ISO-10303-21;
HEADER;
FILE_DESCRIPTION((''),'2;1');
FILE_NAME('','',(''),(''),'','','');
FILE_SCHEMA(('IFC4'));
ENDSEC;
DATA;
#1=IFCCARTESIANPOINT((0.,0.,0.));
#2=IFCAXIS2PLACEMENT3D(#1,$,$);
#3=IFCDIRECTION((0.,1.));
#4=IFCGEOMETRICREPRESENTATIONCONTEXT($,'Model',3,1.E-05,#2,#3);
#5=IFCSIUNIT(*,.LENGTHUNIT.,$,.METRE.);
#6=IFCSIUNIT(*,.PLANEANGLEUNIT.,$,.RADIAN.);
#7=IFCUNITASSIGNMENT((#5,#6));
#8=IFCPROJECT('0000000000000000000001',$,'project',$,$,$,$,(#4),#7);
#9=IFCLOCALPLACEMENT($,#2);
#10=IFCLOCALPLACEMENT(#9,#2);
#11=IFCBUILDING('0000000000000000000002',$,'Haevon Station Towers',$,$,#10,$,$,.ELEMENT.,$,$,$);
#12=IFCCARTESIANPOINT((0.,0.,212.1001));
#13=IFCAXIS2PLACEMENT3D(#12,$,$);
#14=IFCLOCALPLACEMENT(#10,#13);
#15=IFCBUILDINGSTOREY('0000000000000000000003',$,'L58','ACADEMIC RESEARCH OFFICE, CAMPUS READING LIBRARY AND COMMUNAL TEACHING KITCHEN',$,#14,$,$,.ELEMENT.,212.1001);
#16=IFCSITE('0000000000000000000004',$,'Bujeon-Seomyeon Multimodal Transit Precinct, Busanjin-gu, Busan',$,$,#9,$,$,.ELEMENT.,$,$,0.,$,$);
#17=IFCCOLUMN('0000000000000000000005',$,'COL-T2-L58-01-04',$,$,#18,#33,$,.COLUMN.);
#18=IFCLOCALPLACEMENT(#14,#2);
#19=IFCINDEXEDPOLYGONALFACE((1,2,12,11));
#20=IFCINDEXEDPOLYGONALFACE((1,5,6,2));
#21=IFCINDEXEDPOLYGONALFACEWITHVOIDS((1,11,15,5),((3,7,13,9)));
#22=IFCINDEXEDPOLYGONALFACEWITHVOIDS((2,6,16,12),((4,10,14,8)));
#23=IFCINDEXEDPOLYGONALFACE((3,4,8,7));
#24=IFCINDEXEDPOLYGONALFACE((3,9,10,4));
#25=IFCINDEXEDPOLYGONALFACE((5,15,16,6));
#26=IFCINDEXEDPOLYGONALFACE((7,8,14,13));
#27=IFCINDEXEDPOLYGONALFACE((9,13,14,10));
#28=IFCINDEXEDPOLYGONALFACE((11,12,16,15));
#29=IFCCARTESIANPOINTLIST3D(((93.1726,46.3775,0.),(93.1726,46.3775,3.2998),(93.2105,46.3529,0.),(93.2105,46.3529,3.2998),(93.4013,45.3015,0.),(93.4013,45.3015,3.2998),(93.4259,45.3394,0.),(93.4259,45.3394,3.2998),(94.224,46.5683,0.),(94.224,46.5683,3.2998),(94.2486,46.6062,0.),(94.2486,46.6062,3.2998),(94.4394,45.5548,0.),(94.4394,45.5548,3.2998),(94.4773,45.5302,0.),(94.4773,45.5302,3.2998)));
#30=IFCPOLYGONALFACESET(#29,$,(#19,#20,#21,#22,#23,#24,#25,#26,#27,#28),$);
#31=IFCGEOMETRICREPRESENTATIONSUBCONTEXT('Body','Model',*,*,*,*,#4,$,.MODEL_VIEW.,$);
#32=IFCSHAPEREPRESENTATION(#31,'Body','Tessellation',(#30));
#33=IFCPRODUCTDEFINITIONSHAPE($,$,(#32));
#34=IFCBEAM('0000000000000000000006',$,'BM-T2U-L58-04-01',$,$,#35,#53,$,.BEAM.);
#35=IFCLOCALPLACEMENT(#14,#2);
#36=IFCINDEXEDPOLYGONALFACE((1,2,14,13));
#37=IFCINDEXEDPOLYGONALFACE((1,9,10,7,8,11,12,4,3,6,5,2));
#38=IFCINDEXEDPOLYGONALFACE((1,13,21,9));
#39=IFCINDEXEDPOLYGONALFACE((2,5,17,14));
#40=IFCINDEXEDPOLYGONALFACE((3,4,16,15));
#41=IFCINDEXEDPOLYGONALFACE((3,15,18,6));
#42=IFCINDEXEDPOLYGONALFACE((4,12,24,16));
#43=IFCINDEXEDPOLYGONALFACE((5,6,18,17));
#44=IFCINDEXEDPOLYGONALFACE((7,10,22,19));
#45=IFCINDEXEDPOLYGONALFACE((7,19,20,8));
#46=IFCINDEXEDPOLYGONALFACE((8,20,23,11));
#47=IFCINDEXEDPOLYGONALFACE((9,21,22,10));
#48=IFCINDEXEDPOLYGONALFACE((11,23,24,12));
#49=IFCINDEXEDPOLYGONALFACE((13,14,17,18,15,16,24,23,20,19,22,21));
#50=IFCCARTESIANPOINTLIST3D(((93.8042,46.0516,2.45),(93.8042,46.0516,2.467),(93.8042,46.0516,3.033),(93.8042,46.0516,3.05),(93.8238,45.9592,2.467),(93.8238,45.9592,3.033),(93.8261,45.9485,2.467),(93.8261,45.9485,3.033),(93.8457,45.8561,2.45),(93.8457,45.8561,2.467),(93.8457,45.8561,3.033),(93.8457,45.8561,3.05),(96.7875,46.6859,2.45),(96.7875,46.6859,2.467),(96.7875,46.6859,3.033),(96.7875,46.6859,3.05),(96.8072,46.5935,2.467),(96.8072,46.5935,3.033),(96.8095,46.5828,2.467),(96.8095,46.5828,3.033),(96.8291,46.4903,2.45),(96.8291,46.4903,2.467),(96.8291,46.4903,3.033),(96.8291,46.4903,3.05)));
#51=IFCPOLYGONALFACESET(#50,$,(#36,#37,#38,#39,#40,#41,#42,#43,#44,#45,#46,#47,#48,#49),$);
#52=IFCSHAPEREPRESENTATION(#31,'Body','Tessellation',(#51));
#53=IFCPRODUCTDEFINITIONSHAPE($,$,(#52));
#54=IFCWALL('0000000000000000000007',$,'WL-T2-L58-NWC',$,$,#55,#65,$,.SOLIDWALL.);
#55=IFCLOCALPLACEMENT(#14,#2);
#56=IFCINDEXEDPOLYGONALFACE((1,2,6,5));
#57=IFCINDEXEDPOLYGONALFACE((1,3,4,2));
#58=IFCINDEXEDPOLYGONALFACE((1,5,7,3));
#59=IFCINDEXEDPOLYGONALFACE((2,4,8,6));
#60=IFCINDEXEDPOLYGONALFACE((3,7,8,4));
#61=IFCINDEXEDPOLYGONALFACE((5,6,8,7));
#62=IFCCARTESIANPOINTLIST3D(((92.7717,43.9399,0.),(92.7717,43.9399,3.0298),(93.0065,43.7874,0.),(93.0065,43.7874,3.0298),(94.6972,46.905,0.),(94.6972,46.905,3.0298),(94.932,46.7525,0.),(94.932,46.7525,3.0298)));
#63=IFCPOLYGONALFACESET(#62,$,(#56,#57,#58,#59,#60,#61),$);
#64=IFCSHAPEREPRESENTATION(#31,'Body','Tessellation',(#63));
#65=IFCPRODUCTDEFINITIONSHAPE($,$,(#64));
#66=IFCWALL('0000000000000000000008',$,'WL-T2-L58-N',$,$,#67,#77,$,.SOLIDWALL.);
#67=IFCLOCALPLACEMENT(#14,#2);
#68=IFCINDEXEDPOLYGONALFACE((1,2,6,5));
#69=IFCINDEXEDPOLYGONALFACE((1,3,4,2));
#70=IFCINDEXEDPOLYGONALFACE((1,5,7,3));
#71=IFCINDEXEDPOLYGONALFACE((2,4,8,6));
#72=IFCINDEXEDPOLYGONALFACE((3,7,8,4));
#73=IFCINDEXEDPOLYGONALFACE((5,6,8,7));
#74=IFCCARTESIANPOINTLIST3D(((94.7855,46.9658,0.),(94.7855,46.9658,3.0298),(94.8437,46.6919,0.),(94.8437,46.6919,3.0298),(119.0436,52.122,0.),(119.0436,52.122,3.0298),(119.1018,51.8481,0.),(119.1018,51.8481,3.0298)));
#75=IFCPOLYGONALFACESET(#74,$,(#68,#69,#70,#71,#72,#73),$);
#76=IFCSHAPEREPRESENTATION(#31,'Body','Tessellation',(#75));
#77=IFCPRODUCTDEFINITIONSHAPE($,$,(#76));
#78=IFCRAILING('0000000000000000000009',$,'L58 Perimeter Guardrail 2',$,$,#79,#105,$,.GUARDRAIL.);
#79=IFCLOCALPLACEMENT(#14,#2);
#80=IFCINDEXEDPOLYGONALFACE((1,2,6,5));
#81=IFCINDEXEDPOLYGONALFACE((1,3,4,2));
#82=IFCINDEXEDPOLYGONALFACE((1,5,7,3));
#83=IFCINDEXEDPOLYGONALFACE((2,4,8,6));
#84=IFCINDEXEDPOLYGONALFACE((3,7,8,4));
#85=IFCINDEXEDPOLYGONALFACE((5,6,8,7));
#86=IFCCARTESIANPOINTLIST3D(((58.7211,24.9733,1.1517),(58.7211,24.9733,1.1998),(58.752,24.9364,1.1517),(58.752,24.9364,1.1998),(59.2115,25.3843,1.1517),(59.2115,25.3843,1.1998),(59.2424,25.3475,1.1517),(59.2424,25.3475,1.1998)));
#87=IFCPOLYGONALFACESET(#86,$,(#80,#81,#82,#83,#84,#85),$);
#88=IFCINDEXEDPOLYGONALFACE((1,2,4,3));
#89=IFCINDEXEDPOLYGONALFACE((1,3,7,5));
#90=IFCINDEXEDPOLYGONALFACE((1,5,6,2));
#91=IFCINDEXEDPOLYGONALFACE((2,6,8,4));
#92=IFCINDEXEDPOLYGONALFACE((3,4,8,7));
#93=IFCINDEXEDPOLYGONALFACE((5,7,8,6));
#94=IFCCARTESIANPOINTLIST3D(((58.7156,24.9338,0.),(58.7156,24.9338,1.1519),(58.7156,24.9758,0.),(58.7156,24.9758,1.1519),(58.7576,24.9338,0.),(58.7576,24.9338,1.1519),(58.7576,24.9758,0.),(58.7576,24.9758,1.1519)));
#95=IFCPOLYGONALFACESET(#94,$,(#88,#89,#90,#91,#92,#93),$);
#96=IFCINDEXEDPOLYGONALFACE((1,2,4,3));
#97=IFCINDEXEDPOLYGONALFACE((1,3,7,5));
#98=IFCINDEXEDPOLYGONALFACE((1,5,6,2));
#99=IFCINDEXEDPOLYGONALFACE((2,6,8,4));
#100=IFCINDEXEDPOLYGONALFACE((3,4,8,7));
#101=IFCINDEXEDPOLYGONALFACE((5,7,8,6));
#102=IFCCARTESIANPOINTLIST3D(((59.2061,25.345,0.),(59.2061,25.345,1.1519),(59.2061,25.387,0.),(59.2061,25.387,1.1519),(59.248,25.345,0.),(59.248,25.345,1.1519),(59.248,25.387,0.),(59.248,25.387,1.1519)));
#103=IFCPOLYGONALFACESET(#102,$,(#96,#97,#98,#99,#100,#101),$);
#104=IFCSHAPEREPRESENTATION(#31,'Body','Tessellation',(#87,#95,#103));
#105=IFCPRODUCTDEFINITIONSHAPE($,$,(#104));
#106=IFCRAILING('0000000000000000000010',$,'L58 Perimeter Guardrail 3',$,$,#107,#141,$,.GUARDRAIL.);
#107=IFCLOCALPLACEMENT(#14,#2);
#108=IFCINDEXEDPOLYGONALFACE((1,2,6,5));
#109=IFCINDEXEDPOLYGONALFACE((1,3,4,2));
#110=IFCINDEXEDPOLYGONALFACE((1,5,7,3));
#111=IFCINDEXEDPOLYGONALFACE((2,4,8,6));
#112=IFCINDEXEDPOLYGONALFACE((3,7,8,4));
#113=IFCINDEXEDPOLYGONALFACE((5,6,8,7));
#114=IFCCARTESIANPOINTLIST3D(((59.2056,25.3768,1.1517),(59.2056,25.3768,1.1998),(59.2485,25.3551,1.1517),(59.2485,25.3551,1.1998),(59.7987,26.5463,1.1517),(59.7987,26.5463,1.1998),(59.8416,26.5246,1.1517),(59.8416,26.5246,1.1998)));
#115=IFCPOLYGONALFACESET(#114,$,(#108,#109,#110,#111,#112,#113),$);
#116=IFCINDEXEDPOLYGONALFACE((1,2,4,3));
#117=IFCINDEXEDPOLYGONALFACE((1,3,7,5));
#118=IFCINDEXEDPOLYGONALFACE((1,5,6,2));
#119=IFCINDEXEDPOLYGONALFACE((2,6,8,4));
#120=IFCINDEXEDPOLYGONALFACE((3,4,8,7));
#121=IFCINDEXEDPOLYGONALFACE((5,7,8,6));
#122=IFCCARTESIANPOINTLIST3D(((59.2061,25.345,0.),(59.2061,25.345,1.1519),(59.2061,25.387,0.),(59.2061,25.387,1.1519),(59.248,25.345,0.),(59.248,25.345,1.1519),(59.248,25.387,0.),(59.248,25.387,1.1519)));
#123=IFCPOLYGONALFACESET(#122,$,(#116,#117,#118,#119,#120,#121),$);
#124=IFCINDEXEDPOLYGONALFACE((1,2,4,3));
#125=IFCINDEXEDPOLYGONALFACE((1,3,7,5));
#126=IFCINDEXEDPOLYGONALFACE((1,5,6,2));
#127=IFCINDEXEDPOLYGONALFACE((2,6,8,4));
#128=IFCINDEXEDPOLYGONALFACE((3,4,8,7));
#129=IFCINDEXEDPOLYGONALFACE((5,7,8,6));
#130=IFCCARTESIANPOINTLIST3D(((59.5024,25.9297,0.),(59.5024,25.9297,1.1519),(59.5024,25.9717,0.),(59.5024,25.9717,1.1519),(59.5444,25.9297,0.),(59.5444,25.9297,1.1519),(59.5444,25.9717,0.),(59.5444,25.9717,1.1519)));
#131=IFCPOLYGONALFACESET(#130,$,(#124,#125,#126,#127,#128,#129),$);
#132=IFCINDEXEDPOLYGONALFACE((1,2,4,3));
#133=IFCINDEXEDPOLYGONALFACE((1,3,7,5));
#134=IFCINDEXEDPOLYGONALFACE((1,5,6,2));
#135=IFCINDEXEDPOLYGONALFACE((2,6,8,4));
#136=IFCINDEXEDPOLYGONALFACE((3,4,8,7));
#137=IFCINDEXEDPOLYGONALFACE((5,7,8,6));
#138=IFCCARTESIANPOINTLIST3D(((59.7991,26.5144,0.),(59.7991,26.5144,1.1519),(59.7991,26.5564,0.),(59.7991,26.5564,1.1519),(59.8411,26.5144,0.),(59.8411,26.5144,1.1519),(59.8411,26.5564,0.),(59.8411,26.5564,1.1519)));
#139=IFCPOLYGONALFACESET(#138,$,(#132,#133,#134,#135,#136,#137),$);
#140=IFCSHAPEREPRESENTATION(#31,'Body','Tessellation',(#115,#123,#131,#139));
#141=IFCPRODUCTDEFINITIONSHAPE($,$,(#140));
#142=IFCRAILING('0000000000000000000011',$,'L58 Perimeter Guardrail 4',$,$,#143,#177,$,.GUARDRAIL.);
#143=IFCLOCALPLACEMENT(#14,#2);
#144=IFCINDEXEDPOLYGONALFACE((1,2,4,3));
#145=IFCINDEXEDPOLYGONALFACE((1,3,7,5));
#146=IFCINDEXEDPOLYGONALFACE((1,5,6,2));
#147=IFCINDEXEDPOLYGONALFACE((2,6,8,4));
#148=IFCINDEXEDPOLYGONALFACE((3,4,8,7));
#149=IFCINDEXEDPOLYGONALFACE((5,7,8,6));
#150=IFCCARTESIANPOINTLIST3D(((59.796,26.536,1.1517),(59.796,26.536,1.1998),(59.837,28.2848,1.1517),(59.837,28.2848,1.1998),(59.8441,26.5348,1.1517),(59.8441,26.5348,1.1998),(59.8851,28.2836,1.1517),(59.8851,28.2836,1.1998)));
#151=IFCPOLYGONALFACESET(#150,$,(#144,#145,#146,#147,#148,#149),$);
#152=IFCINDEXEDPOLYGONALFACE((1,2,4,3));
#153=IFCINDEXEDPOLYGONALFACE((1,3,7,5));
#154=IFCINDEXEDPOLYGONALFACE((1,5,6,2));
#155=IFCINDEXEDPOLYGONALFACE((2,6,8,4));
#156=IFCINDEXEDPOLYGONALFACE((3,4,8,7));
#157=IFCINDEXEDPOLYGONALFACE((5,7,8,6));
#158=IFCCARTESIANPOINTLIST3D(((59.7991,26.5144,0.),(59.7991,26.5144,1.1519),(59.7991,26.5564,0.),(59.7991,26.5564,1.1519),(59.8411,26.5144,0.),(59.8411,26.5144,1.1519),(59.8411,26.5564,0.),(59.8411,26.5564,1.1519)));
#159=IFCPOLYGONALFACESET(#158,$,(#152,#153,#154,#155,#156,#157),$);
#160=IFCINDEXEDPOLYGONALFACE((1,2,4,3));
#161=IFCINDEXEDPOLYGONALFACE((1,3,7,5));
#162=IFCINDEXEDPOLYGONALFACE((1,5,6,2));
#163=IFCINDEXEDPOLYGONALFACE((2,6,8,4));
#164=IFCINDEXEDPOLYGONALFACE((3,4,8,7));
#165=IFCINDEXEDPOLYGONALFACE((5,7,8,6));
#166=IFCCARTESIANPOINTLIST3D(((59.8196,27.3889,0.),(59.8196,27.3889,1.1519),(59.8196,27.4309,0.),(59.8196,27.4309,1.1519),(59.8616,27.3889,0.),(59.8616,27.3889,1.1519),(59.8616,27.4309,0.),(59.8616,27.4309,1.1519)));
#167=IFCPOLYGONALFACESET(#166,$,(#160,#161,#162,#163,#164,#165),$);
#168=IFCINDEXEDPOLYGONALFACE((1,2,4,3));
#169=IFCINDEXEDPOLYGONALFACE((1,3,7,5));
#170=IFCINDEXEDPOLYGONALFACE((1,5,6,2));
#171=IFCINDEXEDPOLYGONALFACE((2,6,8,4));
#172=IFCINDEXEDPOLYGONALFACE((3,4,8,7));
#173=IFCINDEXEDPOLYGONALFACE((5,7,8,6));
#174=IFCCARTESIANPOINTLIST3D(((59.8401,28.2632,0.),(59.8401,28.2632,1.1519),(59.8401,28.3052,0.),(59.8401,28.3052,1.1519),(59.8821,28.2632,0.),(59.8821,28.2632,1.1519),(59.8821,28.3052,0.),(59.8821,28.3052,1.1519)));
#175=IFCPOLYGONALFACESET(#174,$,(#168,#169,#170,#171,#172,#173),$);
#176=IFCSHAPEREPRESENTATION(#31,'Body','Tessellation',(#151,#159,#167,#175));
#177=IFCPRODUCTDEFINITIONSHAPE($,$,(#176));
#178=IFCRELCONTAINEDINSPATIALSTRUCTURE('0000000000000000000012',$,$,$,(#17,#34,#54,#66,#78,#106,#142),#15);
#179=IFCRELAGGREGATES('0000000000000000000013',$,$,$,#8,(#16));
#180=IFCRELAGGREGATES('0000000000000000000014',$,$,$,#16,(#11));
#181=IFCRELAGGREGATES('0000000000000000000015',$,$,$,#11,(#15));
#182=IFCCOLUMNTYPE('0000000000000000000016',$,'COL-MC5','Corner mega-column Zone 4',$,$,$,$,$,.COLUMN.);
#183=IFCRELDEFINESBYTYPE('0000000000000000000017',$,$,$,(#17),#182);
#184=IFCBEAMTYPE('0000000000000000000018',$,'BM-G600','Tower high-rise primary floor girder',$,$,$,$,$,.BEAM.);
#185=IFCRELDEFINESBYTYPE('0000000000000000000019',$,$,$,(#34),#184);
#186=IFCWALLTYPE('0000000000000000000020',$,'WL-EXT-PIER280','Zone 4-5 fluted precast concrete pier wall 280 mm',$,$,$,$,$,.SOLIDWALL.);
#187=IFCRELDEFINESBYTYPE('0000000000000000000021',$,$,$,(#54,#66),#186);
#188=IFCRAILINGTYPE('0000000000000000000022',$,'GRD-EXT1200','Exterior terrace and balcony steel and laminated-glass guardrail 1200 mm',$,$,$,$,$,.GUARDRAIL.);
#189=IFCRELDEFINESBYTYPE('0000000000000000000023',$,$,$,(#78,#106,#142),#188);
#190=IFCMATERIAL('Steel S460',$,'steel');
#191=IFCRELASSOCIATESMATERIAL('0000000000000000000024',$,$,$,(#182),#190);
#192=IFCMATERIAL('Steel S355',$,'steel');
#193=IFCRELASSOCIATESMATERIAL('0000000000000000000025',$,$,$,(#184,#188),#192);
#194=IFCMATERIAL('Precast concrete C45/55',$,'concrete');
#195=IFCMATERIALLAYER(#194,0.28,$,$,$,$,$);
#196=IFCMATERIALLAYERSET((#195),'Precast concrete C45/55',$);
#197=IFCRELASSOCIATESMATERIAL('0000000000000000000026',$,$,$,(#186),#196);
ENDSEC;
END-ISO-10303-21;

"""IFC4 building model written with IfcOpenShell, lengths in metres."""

from ifc_helpers import new_model, si_unit, direction, frame, frame_2d, origin, origin_2d, place, context, subcontext, project, spatial, rectangle, hollow_rectangle, i_section, extrude, material, layer, layer_set, material_profile, profile_set, type_object, element, save


model = new_model("IFC4")

# Units and contexts
model_context = context("Model", 3, precision=1e-05, world=origin(), true_north=direction((0.0, 1.0)))
body_context = subcontext(model_context, "Body", "Model", "MODEL_VIEW")
ifc_project = project(units=[si_unit("LENGTHUNIT", "METRE"), si_unit("PLANEANGLEUNIT", "RADIAN")], contexts=[model_context])

# Site, building, storey
site_placement = place(None, origin())
site = spatial("IfcSite", under=ifc_project, at=site_placement, Name="Bujeon-Seomyeon Multimodal Transit Precinct, Busanjin-gu, Busan", CompositionType="ELEMENT", RefElevation=0.0)
building_placement = place(site_placement, origin())
building = spatial("IfcBuilding", under=site, at=building_placement, Name="Haevon Station Towers", CompositionType="ELEMENT")
storey_placement = place(building_placement, frame((0.0, 0.0, 212.1001)))
storey = spatial("IfcBuildingStorey", under=building, at=storey_placement, Name="L58", Description="ACADEMIC RESEARCH OFFICE, CAMPUS READING LIBRARY AND COMMUNAL TEACHING KITCHEN", CompositionType="ELEMENT", Elevation=212.1001)

# Column
ifc_material_1 = material(Name="Steel S460", Category="steel")
ifc_material_profile_1 = material_profile(ifc_material_1, hollow_rectangle(XDim=1.1001, YDim=1.1001, WallThickness=0.032, at=origin_2d()), Name="BOX-1100x1100x32")
ifc_profile_set_1 = profile_set([ifc_material_profile_1], Name="Steel S460")
column_type = type_object("IfcColumnType", Name="COL-MC5", Description="Corner mega-column Zone 4", PredefinedType="COLUMN", material=ifc_profile_set_1)
column_placement = place(storey_placement, frame((93.825, 45.9539, 0.0), z_axis=(0.0, 0.0, 1.0), x_axis=(0.978148, 0.207912, 0.0)))
element("IfcColumn", 1, at=column_placement, inside=storey, type_object=column_type, Name="COL-T2-L58-01-04", PredefinedType="COLUMN", context=body_context, shape_type="SweptSolid", body=[
    extrude(hollow_rectangle(XDim=1.1001, YDim=1.1001, WallThickness=0.032, at=origin_2d()), origin(), (0.0, 0.0, 1.0), 3.2998),
])

# Beam
ifc_material_2 = material(Name="Steel S355", Category="steel")
ifc_material_profile_2 = material_profile(ifc_material_2, i_section(OverallWidth=0.2, OverallDepth=0.6001, WebThickness=0.011, FlangeThickness=0.0171, at=origin_2d()), Name="H-600x200x11x17")
ifc_profile_set_2 = profile_set([ifc_material_profile_2], Name="Steel S355")
beam_type = type_object("IfcBeamType", Name="BM-G600", Description="Tower high-rise primary floor girder", PredefinedType="BEAM", material=ifc_profile_set_2)
beam_placement = place(storey_placement, frame((93.825, 45.9539, 2.75), z_axis=(0.978139, 0.207954, 0.0), x_axis=(-0.207954, 0.978139, 0.0)))
element("IfcBeam", 2, at=beam_placement, inside=storey, type_object=beam_type, Name="BM-T2U-L58-04-01", PredefinedType="BEAM", context=body_context, shape_type="SweptSolid", body=[
    extrude(i_section(OverallWidth=0.2, OverallDepth=0.6001, WebThickness=0.011, FlangeThickness=0.0171, at=origin_2d()), origin(), (0.0, 0.0, 1.0), 3.05),
])

# Walls
ifc_material_3 = material(Name="Precast concrete C45/55", Category="concrete")
ifc_layer_1 = layer(ifc_material_3, 0.28)
ifc_layer_set_1 = layer_set([ifc_layer_1], Name="Precast concrete C45/55")
wall_type = type_object("IfcWallType", Name="WL-EXT-PIER280", Description="Zone 4-5 fluted precast concrete pier wall 280 mm", PredefinedType="SOLIDWALL", material=ifc_layer_set_1)
wall_1_placement = place(storey_placement, frame((92.8892, 43.8638, 0.0), z_axis=(0.0, 0.0, 1.0), x_axis=(0.544636, 0.838672, 0.0)))
element("IfcWall", 3, at=wall_1_placement, inside=storey, type_object=wall_type, Name="WL-T2-L58-NWC", PredefinedType="SOLIDWALL", context=body_context, shape_type="SweptSolid", body=[
    extrude(rectangle(XDim=3.5354, YDim=0.28, at=frame_2d((1.7676, 0.0))), origin(), (0.0, 0.0, 1.0), 3.0298),
])
wall_2_placement = place(storey_placement, frame((94.8147, 46.8289, 0.0), z_axis=(0.0, 0.0, 1.0), x_axis=(0.978147, 0.207913, 0.0)))
element("IfcWall", 4, at=wall_2_placement, inside=storey, type_object=wall_type, Name="WL-T2-L58-N", PredefinedType="SOLIDWALL", context=body_context, shape_type="SweptSolid", body=[
    extrude(rectangle(XDim=24.8, YDim=0.28, at=frame_2d((12.3999, 0.0))), origin(), (0.0, 0.0, 1.0), 3.0298),
])

# Railings
railing_type = type_object("IfcRailingType", Name="GRD-EXT1200", Description="Exterior terrace and balcony steel and laminated-glass guardrail 1200 mm", PredefinedType="GUARDRAIL", material=ifc_material_2)
railing_1_placement = place(storey_placement, frame((58.7366, 24.9548, 0.0)))
element("IfcRailing", 5, at=railing_1_placement, inside=storey, type_object=railing_type, Name="L58 Perimeter Guardrail 2", PredefinedType="GUARDRAIL", context=body_context, shape_type="SweptSolid", body=[
    extrude(rectangle(XDim=0.0481, YDim=0.0481, at=origin_2d()), frame((0.0, 0.0, 1.1758), z_axis=(0.766373, 0.642396, 0.0), x_axis=(-0.642396, 0.766373, 0.0)), (0.0, 0.0, 1.0), 0.6399),
    extrude(rectangle(XDim=0.042, YDim=0.042, at=origin_2d()), origin(), (0.0, 0.0, 1.0), 1.1519),
    extrude(rectangle(XDim=0.042, YDim=0.042, at=origin_2d()), frame((0.4905, 0.4111, 0.0)), (0.0, 0.0, 1.0), 1.1519),
])
railing_2_placement = place(storey_placement, frame((59.2271, 25.366, 0.0)))
element("IfcRailing", 6, at=railing_2_placement, inside=storey, type_object=railing_type, Name="L58 Perimeter Guardrail 3", PredefinedType="GUARDRAIL", context=body_context, shape_type="SweptSolid", body=[
    extrude(rectangle(XDim=0.0481, YDim=0.0481, at=origin_2d()), frame((0.0, 0.0, 1.1758), z_axis=(0.452271, 0.891881, 0.0), x_axis=(-0.891881, 0.452271, 0.0)), (0.0, 0.0, 1.0), 1.3113),
    extrude(rectangle(XDim=0.042, YDim=0.042, at=origin_2d()), origin(), (0.0, 0.0, 1.0), 1.1519),
    extrude(rectangle(XDim=0.042, YDim=0.042, at=origin_2d()), frame((0.2964, 0.5847, 0.0)), (0.0, 0.0, 1.0), 1.1519),
    extrude(rectangle(XDim=0.042, YDim=0.042, at=origin_2d()), frame((0.593, 1.1694, 0.0)), (0.0, 0.0, 1.0), 1.1519),
])
railing_3_placement = place(storey_placement, frame((59.8201, 26.5354, 0.0)))
element("IfcRailing", 7, at=railing_3_placement, inside=storey, type_object=railing_type, Name="L58 Perimeter Guardrail 4", PredefinedType="GUARDRAIL", context=body_context, shape_type="SweptSolid", body=[
    extrude(rectangle(XDim=0.0481, YDim=0.0481, at=origin_2d()), frame((0.0, 0.0, 1.1758), z_axis=(0.023447, 0.999725, 0.0), x_axis=(-0.999725, 0.023447, 0.0)), (0.0, 0.0, 1.0), 1.7493),
    extrude(rectangle(XDim=0.042, YDim=0.042, at=origin_2d()), origin(), (0.0, 0.0, 1.0), 1.1519),
    extrude(rectangle(XDim=0.042, YDim=0.042, at=origin_2d()), frame((0.0205, 0.8745, 0.0)), (0.0, 0.0, 1.0), 1.1519),
    extrude(rectangle(XDim=0.042, YDim=0.042, at=origin_2d()), frame((0.041, 1.7488, 0.0)), (0.0, 0.0, 1.0), 1.1519),
])

save(model, "model.ifc")
